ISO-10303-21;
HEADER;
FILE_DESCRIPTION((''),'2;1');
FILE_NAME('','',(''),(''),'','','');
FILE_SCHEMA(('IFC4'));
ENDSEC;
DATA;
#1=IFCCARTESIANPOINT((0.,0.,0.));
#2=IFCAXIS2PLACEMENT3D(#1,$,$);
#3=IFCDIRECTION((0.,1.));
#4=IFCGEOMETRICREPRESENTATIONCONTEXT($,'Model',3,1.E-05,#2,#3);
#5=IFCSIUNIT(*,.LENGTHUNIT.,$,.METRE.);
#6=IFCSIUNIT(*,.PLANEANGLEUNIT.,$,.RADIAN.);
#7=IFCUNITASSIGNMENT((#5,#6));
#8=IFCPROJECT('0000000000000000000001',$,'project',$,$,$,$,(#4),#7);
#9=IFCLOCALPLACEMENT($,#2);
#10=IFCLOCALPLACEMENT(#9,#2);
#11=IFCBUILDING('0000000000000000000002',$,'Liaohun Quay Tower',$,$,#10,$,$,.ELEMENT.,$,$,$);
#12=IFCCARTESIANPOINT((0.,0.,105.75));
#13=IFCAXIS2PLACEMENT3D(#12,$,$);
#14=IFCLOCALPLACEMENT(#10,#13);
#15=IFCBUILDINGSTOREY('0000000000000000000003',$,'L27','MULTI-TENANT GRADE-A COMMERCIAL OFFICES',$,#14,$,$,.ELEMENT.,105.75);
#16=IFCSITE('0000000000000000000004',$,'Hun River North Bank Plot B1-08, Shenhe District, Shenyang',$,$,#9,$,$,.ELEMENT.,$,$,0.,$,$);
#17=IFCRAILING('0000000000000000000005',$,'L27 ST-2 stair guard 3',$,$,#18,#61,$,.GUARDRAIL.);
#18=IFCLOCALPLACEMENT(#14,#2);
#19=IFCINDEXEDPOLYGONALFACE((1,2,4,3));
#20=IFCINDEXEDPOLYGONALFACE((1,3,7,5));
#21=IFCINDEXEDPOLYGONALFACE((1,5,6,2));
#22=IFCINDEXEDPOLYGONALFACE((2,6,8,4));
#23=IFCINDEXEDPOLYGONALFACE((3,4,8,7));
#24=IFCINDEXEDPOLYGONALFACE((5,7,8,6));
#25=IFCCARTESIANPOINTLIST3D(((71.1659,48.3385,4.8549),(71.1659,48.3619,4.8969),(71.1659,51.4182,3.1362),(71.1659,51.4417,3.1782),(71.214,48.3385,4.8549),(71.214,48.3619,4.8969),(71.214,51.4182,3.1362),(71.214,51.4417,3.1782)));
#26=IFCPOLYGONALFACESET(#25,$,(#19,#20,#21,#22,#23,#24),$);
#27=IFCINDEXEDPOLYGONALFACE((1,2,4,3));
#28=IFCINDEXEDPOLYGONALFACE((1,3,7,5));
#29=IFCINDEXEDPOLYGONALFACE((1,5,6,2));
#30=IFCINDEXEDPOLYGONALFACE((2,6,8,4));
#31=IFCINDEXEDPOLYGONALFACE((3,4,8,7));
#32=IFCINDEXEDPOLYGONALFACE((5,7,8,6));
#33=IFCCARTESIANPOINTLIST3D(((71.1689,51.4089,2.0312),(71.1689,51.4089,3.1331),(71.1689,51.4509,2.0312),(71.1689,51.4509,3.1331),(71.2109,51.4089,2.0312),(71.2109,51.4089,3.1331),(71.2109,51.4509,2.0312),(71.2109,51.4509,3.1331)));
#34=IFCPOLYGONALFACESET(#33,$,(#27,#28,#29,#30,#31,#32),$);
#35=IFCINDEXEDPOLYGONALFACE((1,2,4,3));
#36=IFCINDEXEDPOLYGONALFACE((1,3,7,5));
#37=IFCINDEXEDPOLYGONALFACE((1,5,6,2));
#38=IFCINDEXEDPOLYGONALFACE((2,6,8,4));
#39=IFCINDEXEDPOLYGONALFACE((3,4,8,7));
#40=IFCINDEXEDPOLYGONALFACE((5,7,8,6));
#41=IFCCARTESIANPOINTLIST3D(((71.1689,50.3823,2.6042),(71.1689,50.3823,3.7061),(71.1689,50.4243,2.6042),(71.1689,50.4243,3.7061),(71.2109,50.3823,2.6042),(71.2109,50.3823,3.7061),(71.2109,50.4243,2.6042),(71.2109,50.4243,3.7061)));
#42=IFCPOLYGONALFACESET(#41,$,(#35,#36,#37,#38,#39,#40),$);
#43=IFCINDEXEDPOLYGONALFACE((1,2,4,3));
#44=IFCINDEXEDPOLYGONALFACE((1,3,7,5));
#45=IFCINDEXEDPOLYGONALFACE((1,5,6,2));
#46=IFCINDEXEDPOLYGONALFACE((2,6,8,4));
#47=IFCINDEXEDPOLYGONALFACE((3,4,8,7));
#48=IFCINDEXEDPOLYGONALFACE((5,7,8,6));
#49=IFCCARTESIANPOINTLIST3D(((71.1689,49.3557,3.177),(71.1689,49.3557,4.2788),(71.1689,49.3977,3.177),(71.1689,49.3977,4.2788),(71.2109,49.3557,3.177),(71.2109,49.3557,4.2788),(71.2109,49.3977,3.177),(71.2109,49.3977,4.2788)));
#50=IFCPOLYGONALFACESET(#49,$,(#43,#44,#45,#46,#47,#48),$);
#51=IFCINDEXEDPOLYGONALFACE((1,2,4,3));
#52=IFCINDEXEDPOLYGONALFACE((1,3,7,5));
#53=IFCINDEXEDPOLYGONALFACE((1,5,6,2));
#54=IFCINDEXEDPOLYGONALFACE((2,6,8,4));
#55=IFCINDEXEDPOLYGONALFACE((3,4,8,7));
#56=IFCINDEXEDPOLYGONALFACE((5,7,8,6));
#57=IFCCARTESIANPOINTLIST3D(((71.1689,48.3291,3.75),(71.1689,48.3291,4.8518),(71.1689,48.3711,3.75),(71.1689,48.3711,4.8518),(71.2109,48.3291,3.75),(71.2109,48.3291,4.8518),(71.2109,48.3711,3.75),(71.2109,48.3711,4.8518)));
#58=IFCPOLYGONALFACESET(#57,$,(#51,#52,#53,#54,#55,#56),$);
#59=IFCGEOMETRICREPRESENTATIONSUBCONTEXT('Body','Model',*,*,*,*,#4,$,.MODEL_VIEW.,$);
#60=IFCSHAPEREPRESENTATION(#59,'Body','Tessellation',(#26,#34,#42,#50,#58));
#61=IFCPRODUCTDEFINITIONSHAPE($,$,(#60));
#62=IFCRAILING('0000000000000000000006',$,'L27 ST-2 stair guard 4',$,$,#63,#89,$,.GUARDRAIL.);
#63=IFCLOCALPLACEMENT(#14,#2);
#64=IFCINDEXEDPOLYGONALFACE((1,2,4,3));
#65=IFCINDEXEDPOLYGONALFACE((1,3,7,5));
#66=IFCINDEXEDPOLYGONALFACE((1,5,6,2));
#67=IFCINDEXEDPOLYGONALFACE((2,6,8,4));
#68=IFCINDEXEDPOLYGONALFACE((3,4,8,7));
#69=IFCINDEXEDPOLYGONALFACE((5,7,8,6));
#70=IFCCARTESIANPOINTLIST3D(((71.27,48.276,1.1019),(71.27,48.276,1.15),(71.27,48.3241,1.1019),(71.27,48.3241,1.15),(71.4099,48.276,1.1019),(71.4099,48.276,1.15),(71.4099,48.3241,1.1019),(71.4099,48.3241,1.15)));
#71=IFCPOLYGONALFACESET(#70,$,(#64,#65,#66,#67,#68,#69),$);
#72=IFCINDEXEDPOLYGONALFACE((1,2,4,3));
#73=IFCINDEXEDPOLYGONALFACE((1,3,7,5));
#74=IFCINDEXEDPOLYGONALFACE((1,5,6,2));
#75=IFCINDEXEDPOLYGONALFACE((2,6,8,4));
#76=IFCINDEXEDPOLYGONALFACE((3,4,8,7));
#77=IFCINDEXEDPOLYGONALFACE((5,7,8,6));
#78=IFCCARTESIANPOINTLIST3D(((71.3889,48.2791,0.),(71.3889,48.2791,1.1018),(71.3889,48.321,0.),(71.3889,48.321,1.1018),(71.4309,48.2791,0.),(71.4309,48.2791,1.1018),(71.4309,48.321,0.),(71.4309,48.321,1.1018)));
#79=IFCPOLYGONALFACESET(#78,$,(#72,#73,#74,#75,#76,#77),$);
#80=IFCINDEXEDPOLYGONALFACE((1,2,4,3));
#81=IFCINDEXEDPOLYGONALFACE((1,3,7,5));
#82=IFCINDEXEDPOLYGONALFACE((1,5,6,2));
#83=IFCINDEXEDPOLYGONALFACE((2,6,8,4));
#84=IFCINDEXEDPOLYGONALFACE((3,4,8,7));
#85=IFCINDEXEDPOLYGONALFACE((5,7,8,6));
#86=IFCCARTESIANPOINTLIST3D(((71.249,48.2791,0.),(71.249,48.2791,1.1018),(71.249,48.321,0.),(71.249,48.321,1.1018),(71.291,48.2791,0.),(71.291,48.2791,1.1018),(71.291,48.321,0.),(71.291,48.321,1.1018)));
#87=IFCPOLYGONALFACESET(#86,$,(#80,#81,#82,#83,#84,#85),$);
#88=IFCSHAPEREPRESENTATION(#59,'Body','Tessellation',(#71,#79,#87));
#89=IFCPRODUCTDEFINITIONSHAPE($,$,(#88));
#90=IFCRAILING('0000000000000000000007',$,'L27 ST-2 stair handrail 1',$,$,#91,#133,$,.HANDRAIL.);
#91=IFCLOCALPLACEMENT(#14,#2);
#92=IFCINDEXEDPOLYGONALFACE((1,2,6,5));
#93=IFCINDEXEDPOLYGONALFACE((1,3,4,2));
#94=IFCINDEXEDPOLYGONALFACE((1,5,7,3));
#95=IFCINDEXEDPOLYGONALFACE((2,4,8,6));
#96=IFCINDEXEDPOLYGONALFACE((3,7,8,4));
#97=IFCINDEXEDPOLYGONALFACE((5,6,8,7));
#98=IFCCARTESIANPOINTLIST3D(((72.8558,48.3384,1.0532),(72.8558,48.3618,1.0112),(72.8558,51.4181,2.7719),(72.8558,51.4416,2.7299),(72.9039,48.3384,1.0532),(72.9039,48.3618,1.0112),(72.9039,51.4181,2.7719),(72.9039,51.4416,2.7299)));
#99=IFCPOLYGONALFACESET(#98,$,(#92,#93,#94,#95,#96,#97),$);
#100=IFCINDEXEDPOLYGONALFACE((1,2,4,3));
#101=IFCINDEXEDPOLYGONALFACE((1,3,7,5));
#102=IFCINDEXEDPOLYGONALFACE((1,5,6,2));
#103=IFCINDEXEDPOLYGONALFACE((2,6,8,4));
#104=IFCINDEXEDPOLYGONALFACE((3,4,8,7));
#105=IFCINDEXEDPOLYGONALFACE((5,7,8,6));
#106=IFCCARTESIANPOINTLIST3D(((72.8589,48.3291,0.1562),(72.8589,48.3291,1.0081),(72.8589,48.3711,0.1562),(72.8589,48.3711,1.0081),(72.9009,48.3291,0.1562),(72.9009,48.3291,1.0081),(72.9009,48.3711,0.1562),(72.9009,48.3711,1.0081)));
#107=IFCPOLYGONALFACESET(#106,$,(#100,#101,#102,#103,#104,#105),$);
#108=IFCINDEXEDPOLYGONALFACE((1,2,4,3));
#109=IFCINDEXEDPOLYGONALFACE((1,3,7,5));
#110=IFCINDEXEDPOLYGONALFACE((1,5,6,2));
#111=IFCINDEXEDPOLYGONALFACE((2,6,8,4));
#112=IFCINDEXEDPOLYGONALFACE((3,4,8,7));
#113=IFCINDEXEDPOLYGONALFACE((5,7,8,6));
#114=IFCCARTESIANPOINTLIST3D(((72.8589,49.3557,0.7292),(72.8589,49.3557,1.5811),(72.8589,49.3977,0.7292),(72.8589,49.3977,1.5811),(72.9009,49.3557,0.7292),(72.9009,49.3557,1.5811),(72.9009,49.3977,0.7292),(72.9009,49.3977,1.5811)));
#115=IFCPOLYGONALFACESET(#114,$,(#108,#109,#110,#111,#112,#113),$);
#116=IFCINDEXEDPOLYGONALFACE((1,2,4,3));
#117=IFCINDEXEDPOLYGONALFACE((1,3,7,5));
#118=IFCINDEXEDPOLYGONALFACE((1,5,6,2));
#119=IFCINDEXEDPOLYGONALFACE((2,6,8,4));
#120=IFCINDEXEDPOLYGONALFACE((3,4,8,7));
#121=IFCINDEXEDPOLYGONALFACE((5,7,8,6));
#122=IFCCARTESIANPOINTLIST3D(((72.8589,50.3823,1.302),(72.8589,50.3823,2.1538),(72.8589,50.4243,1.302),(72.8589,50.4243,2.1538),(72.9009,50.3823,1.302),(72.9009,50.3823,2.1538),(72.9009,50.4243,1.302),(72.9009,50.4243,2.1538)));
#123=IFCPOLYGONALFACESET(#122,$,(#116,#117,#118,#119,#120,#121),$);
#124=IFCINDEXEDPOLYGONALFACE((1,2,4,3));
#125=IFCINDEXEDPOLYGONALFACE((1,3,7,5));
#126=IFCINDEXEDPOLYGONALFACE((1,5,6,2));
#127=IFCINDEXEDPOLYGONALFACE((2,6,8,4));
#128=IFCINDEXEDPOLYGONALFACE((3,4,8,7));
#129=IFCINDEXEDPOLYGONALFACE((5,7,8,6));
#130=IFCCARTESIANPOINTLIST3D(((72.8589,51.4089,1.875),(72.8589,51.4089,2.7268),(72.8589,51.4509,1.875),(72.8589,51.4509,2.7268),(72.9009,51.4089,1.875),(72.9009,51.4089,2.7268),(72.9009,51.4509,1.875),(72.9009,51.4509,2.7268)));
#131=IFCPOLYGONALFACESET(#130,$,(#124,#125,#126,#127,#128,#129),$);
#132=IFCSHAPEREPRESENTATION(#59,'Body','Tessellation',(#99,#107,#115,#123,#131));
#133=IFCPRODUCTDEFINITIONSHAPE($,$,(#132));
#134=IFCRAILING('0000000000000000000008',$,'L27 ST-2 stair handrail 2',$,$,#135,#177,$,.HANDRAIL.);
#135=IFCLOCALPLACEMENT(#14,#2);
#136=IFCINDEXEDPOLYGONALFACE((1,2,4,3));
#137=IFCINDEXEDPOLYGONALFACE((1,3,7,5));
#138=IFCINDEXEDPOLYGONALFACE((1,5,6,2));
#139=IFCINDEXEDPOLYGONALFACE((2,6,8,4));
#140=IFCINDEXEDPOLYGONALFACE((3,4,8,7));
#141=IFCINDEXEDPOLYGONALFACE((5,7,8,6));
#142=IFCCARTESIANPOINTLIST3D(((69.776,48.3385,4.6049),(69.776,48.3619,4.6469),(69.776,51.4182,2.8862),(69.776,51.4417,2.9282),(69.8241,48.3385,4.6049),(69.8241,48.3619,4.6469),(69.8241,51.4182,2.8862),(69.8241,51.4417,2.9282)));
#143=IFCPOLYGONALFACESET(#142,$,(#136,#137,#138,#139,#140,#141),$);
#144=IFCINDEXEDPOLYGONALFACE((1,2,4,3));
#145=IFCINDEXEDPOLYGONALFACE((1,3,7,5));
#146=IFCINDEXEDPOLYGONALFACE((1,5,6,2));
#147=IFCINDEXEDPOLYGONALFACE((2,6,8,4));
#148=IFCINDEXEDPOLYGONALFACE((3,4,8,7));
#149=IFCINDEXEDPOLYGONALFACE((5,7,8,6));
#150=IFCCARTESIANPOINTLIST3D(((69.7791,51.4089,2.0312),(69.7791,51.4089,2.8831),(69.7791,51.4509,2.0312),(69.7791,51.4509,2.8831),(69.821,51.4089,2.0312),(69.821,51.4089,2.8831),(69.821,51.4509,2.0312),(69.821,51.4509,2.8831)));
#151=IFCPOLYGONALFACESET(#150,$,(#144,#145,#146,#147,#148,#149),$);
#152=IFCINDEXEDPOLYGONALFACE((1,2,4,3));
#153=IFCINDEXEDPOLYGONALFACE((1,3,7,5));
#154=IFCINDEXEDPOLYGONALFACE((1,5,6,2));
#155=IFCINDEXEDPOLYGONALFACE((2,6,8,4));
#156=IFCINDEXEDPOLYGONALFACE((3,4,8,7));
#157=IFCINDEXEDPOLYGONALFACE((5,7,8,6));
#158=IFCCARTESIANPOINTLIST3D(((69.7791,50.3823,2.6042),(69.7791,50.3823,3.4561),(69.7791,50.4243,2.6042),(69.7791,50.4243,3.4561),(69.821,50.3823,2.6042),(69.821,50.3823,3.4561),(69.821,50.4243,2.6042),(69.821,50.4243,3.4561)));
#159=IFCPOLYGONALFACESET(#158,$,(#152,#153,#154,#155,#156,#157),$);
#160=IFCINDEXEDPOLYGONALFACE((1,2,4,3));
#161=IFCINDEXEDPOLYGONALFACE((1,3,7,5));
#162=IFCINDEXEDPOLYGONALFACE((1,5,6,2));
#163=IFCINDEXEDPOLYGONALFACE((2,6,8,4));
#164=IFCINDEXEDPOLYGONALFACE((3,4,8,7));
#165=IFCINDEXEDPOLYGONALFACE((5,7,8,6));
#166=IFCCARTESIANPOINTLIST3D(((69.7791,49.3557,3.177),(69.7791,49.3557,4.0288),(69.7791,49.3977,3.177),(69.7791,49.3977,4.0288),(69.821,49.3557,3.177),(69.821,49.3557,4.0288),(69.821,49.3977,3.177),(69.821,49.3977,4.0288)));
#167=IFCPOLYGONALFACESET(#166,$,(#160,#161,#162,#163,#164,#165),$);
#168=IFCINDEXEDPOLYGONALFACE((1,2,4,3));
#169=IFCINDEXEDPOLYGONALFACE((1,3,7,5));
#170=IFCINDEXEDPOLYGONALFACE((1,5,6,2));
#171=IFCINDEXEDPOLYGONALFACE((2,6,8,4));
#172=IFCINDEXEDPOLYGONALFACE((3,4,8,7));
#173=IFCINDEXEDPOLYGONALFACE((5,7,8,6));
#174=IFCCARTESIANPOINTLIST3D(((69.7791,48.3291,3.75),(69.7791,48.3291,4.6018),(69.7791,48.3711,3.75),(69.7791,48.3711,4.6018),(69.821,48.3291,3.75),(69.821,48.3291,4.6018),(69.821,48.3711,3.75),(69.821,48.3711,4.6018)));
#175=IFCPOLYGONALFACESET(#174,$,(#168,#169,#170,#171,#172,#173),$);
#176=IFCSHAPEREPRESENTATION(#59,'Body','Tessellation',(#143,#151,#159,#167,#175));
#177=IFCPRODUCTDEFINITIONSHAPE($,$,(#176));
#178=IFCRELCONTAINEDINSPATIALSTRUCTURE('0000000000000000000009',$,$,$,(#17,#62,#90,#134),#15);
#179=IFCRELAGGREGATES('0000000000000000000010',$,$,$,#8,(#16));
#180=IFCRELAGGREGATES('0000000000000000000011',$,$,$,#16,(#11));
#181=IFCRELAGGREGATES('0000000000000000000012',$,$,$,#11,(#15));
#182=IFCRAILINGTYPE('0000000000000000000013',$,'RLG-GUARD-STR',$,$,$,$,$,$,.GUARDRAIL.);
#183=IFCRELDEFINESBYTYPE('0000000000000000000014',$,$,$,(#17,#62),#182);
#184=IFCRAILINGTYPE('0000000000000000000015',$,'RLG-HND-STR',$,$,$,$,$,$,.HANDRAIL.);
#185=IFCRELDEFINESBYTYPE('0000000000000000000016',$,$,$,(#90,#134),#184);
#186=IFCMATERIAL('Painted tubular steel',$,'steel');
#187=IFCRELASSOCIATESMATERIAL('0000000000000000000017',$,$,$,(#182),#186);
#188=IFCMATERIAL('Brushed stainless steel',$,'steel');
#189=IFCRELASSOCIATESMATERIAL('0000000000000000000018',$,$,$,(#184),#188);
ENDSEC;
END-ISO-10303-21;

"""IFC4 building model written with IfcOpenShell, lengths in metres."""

from ifc_helpers import new_model, si_unit, direction, frame, origin, origin_2d, place, context, subcontext, project, spatial, rectangle, extrude, material, type_object, element, save


model = new_model("IFC4")

# Units and contexts
model_context = context("Model", 3, precision=1e-05, world=origin(), true_north=direction((0.0, 1.0)))
body_context = subcontext(model_context, "Body", "Model", "MODEL_VIEW")
ifc_project = project(units=[si_unit("LENGTHUNIT", "METRE"), si_unit("PLANEANGLEUNIT", "RADIAN")], contexts=[model_context])

# Site, building, storey
site_placement = place(None, origin())
site = spatial("IfcSite", under=ifc_project, at=site_placement, Name="Hun River North Bank Plot B1-08, Shenhe District, Shenyang", CompositionType="ELEMENT", RefElevation=0.0)
building_placement = place(site_placement, origin())
building = spatial("IfcBuilding", under=site, at=building_placement, Name="Liaohun Quay Tower", CompositionType="ELEMENT")
storey_placement = place(building_placement, frame((0.0, 0.0, 105.75)))
storey = spatial("IfcBuildingStorey", under=building, at=storey_placement, Name="L27", Description="MULTI-TENANT GRADE-A COMMERCIAL OFFICES", CompositionType="ELEMENT", Elevation=105.75)

# Railings
ifc_material_1 = material(Name="Painted tubular steel", Category="steel")
railing_type_1 = type_object("IfcRailingType", Name="RLG-GUARD-STR", PredefinedType="GUARDRAIL", material=ifc_material_1)
railing_1_placement = place(storey_placement, frame((71.1899, 51.4299, 2.0312)))
element("IfcRailing", 1, at=railing_1_placement, inside=storey, type_object=railing_type_1, Name="L27 ST-2 stair guard 3", PredefinedType="GUARDRAIL", context=body_context, shape_type="SweptSolid", body=[
    extrude(rectangle(XDim=0.0481, YDim=0.0481, at=origin_2d()), frame((0.0, 0.0, 1.126), z_axis=(0.0, -0.873225, 0.487317), x_axis=(1.0, 0.0, 0.0)), (0.0, 0.0, 1.0), 3.5269),
    extrude(rectangle(XDim=0.042, YDim=0.042, at=origin_2d()), origin(), (0.0, 0.0, 1.0), 1.1018),
    extrude(rectangle(XDim=0.042, YDim=0.042, at=origin_2d()), frame((0.0, -1.0266, 0.573)), (0.0, 0.0, 1.0), 1.1018),
    extrude(rectangle(XDim=0.042, YDim=0.042, at=origin_2d()), frame((0.0, -2.0532, 1.1458)), (0.0, 0.0, 1.0), 1.1018),
    extrude(rectangle(XDim=0.042, YDim=0.042, at=origin_2d()), frame((0.0, -3.0798, 1.7188)), (0.0, 0.0, 1.0), 1.1018),
])
railing_2_placement = place(storey_placement, frame((71.4099, 48.3, 0.0)))
element("IfcRailing", 2, at=railing_2_placement, inside=storey, type_object=railing_type_1, Name="L27 ST-2 stair guard 4", PredefinedType="GUARDRAIL", context=body_context, shape_type="SweptSolid", body=[
    extrude(rectangle(XDim=0.0481, YDim=0.0481, at=origin_2d()), frame((0.0, 0.0, 1.126), z_axis=(-1.0, 0.0, 0.0), x_axis=(0.0, -1.0, 0.0)), (0.0, 0.0, 1.0), 0.1399),
    extrude(rectangle(XDim=0.042, YDim=0.042, at=origin_2d()), origin(), (0.0, 0.0, 1.0), 1.1018),
    extrude(rectangle(XDim=0.042, YDim=0.042, at=origin_2d()), frame((-0.1399, 0.0, 0.0)), (0.0, 0.0, 1.0), 1.1018),
])
ifc_material_2 = material(Name="Brushed stainless steel", Category="steel")
railing_type_2 = type_object("IfcRailingType", Name="RLG-HND-STR", PredefinedType="HANDRAIL", material=ifc_material_2)
railing_3_placement = place(storey_placement, frame((72.8799, 48.3501, 0.1562)))
element("IfcRailing", 3, at=railing_3_placement, inside=storey, type_object=railing_type_2, Name="L27 ST-2 stair handrail 1", PredefinedType="HANDRAIL", context=body_context, shape_type="SweptSolid", body=[
    extrude(rectangle(XDim=0.0481, YDim=0.0481, at=origin_2d()), frame((0.0, 0.0, 0.876), z_axis=(0.0, 0.873225, 0.487317), x_axis=(-1.0, 0.0, 0.0)), (0.0, 0.0, 1.0), 3.5269),
    extrude(rectangle(XDim=0.042, YDim=0.042, at=origin_2d()), origin(), (0.0, 0.0, 1.0), 0.8518),
    extrude(rectangle(XDim=0.042, YDim=0.042, at=origin_2d()), frame((0.0, 1.0266, 0.573)), (0.0, 0.0, 1.0), 0.8518),
    extrude(rectangle(XDim=0.042, YDim=0.042, at=origin_2d()), frame((0.0, 2.0532, 1.1458)), (0.0, 0.0, 1.0), 0.8518),
    extrude(rectangle(XDim=0.042, YDim=0.042, at=origin_2d()), frame((0.0, 3.0798, 1.7188)), (0.0, 0.0, 1.0), 0.8518),
])
railing_4_placement = place(storey_placement, frame((69.8, 51.4299, 2.0312)))
element("IfcRailing", 4, at=railing_4_placement, inside=storey, type_object=railing_type_2, Name="L27 ST-2 stair handrail 2", PredefinedType="HANDRAIL", context=body_context, shape_type="SweptSolid", body=[
    extrude(rectangle(XDim=0.0481, YDim=0.0481, at=origin_2d()), frame((0.0, 0.0, 0.876), z_axis=(0.0, -0.873225, 0.487317), x_axis=(1.0, 0.0, 0.0)), (0.0, 0.0, 1.0), 3.5269),
    extrude(rectangle(XDim=0.042, YDim=0.042, at=origin_2d()), origin(), (0.0, 0.0, 1.0), 0.8518),
    extrude(rectangle(XDim=0.042, YDim=0.042, at=origin_2d()), frame((0.0, -1.0266, 0.573)), (0.0, 0.0, 1.0), 0.8518),
    extrude(rectangle(XDim=0.042, YDim=0.042, at=origin_2d()), frame((0.0, -2.0532, 1.1458)), (0.0, 0.0, 1.0), 0.8518),
    extrude(rectangle(XDim=0.042, YDim=0.042, at=origin_2d()), frame((0.0, -3.0798, 1.7188)), (0.0, 0.0, 1.0), 0.8518),
])

save(model, "model.ifc")
